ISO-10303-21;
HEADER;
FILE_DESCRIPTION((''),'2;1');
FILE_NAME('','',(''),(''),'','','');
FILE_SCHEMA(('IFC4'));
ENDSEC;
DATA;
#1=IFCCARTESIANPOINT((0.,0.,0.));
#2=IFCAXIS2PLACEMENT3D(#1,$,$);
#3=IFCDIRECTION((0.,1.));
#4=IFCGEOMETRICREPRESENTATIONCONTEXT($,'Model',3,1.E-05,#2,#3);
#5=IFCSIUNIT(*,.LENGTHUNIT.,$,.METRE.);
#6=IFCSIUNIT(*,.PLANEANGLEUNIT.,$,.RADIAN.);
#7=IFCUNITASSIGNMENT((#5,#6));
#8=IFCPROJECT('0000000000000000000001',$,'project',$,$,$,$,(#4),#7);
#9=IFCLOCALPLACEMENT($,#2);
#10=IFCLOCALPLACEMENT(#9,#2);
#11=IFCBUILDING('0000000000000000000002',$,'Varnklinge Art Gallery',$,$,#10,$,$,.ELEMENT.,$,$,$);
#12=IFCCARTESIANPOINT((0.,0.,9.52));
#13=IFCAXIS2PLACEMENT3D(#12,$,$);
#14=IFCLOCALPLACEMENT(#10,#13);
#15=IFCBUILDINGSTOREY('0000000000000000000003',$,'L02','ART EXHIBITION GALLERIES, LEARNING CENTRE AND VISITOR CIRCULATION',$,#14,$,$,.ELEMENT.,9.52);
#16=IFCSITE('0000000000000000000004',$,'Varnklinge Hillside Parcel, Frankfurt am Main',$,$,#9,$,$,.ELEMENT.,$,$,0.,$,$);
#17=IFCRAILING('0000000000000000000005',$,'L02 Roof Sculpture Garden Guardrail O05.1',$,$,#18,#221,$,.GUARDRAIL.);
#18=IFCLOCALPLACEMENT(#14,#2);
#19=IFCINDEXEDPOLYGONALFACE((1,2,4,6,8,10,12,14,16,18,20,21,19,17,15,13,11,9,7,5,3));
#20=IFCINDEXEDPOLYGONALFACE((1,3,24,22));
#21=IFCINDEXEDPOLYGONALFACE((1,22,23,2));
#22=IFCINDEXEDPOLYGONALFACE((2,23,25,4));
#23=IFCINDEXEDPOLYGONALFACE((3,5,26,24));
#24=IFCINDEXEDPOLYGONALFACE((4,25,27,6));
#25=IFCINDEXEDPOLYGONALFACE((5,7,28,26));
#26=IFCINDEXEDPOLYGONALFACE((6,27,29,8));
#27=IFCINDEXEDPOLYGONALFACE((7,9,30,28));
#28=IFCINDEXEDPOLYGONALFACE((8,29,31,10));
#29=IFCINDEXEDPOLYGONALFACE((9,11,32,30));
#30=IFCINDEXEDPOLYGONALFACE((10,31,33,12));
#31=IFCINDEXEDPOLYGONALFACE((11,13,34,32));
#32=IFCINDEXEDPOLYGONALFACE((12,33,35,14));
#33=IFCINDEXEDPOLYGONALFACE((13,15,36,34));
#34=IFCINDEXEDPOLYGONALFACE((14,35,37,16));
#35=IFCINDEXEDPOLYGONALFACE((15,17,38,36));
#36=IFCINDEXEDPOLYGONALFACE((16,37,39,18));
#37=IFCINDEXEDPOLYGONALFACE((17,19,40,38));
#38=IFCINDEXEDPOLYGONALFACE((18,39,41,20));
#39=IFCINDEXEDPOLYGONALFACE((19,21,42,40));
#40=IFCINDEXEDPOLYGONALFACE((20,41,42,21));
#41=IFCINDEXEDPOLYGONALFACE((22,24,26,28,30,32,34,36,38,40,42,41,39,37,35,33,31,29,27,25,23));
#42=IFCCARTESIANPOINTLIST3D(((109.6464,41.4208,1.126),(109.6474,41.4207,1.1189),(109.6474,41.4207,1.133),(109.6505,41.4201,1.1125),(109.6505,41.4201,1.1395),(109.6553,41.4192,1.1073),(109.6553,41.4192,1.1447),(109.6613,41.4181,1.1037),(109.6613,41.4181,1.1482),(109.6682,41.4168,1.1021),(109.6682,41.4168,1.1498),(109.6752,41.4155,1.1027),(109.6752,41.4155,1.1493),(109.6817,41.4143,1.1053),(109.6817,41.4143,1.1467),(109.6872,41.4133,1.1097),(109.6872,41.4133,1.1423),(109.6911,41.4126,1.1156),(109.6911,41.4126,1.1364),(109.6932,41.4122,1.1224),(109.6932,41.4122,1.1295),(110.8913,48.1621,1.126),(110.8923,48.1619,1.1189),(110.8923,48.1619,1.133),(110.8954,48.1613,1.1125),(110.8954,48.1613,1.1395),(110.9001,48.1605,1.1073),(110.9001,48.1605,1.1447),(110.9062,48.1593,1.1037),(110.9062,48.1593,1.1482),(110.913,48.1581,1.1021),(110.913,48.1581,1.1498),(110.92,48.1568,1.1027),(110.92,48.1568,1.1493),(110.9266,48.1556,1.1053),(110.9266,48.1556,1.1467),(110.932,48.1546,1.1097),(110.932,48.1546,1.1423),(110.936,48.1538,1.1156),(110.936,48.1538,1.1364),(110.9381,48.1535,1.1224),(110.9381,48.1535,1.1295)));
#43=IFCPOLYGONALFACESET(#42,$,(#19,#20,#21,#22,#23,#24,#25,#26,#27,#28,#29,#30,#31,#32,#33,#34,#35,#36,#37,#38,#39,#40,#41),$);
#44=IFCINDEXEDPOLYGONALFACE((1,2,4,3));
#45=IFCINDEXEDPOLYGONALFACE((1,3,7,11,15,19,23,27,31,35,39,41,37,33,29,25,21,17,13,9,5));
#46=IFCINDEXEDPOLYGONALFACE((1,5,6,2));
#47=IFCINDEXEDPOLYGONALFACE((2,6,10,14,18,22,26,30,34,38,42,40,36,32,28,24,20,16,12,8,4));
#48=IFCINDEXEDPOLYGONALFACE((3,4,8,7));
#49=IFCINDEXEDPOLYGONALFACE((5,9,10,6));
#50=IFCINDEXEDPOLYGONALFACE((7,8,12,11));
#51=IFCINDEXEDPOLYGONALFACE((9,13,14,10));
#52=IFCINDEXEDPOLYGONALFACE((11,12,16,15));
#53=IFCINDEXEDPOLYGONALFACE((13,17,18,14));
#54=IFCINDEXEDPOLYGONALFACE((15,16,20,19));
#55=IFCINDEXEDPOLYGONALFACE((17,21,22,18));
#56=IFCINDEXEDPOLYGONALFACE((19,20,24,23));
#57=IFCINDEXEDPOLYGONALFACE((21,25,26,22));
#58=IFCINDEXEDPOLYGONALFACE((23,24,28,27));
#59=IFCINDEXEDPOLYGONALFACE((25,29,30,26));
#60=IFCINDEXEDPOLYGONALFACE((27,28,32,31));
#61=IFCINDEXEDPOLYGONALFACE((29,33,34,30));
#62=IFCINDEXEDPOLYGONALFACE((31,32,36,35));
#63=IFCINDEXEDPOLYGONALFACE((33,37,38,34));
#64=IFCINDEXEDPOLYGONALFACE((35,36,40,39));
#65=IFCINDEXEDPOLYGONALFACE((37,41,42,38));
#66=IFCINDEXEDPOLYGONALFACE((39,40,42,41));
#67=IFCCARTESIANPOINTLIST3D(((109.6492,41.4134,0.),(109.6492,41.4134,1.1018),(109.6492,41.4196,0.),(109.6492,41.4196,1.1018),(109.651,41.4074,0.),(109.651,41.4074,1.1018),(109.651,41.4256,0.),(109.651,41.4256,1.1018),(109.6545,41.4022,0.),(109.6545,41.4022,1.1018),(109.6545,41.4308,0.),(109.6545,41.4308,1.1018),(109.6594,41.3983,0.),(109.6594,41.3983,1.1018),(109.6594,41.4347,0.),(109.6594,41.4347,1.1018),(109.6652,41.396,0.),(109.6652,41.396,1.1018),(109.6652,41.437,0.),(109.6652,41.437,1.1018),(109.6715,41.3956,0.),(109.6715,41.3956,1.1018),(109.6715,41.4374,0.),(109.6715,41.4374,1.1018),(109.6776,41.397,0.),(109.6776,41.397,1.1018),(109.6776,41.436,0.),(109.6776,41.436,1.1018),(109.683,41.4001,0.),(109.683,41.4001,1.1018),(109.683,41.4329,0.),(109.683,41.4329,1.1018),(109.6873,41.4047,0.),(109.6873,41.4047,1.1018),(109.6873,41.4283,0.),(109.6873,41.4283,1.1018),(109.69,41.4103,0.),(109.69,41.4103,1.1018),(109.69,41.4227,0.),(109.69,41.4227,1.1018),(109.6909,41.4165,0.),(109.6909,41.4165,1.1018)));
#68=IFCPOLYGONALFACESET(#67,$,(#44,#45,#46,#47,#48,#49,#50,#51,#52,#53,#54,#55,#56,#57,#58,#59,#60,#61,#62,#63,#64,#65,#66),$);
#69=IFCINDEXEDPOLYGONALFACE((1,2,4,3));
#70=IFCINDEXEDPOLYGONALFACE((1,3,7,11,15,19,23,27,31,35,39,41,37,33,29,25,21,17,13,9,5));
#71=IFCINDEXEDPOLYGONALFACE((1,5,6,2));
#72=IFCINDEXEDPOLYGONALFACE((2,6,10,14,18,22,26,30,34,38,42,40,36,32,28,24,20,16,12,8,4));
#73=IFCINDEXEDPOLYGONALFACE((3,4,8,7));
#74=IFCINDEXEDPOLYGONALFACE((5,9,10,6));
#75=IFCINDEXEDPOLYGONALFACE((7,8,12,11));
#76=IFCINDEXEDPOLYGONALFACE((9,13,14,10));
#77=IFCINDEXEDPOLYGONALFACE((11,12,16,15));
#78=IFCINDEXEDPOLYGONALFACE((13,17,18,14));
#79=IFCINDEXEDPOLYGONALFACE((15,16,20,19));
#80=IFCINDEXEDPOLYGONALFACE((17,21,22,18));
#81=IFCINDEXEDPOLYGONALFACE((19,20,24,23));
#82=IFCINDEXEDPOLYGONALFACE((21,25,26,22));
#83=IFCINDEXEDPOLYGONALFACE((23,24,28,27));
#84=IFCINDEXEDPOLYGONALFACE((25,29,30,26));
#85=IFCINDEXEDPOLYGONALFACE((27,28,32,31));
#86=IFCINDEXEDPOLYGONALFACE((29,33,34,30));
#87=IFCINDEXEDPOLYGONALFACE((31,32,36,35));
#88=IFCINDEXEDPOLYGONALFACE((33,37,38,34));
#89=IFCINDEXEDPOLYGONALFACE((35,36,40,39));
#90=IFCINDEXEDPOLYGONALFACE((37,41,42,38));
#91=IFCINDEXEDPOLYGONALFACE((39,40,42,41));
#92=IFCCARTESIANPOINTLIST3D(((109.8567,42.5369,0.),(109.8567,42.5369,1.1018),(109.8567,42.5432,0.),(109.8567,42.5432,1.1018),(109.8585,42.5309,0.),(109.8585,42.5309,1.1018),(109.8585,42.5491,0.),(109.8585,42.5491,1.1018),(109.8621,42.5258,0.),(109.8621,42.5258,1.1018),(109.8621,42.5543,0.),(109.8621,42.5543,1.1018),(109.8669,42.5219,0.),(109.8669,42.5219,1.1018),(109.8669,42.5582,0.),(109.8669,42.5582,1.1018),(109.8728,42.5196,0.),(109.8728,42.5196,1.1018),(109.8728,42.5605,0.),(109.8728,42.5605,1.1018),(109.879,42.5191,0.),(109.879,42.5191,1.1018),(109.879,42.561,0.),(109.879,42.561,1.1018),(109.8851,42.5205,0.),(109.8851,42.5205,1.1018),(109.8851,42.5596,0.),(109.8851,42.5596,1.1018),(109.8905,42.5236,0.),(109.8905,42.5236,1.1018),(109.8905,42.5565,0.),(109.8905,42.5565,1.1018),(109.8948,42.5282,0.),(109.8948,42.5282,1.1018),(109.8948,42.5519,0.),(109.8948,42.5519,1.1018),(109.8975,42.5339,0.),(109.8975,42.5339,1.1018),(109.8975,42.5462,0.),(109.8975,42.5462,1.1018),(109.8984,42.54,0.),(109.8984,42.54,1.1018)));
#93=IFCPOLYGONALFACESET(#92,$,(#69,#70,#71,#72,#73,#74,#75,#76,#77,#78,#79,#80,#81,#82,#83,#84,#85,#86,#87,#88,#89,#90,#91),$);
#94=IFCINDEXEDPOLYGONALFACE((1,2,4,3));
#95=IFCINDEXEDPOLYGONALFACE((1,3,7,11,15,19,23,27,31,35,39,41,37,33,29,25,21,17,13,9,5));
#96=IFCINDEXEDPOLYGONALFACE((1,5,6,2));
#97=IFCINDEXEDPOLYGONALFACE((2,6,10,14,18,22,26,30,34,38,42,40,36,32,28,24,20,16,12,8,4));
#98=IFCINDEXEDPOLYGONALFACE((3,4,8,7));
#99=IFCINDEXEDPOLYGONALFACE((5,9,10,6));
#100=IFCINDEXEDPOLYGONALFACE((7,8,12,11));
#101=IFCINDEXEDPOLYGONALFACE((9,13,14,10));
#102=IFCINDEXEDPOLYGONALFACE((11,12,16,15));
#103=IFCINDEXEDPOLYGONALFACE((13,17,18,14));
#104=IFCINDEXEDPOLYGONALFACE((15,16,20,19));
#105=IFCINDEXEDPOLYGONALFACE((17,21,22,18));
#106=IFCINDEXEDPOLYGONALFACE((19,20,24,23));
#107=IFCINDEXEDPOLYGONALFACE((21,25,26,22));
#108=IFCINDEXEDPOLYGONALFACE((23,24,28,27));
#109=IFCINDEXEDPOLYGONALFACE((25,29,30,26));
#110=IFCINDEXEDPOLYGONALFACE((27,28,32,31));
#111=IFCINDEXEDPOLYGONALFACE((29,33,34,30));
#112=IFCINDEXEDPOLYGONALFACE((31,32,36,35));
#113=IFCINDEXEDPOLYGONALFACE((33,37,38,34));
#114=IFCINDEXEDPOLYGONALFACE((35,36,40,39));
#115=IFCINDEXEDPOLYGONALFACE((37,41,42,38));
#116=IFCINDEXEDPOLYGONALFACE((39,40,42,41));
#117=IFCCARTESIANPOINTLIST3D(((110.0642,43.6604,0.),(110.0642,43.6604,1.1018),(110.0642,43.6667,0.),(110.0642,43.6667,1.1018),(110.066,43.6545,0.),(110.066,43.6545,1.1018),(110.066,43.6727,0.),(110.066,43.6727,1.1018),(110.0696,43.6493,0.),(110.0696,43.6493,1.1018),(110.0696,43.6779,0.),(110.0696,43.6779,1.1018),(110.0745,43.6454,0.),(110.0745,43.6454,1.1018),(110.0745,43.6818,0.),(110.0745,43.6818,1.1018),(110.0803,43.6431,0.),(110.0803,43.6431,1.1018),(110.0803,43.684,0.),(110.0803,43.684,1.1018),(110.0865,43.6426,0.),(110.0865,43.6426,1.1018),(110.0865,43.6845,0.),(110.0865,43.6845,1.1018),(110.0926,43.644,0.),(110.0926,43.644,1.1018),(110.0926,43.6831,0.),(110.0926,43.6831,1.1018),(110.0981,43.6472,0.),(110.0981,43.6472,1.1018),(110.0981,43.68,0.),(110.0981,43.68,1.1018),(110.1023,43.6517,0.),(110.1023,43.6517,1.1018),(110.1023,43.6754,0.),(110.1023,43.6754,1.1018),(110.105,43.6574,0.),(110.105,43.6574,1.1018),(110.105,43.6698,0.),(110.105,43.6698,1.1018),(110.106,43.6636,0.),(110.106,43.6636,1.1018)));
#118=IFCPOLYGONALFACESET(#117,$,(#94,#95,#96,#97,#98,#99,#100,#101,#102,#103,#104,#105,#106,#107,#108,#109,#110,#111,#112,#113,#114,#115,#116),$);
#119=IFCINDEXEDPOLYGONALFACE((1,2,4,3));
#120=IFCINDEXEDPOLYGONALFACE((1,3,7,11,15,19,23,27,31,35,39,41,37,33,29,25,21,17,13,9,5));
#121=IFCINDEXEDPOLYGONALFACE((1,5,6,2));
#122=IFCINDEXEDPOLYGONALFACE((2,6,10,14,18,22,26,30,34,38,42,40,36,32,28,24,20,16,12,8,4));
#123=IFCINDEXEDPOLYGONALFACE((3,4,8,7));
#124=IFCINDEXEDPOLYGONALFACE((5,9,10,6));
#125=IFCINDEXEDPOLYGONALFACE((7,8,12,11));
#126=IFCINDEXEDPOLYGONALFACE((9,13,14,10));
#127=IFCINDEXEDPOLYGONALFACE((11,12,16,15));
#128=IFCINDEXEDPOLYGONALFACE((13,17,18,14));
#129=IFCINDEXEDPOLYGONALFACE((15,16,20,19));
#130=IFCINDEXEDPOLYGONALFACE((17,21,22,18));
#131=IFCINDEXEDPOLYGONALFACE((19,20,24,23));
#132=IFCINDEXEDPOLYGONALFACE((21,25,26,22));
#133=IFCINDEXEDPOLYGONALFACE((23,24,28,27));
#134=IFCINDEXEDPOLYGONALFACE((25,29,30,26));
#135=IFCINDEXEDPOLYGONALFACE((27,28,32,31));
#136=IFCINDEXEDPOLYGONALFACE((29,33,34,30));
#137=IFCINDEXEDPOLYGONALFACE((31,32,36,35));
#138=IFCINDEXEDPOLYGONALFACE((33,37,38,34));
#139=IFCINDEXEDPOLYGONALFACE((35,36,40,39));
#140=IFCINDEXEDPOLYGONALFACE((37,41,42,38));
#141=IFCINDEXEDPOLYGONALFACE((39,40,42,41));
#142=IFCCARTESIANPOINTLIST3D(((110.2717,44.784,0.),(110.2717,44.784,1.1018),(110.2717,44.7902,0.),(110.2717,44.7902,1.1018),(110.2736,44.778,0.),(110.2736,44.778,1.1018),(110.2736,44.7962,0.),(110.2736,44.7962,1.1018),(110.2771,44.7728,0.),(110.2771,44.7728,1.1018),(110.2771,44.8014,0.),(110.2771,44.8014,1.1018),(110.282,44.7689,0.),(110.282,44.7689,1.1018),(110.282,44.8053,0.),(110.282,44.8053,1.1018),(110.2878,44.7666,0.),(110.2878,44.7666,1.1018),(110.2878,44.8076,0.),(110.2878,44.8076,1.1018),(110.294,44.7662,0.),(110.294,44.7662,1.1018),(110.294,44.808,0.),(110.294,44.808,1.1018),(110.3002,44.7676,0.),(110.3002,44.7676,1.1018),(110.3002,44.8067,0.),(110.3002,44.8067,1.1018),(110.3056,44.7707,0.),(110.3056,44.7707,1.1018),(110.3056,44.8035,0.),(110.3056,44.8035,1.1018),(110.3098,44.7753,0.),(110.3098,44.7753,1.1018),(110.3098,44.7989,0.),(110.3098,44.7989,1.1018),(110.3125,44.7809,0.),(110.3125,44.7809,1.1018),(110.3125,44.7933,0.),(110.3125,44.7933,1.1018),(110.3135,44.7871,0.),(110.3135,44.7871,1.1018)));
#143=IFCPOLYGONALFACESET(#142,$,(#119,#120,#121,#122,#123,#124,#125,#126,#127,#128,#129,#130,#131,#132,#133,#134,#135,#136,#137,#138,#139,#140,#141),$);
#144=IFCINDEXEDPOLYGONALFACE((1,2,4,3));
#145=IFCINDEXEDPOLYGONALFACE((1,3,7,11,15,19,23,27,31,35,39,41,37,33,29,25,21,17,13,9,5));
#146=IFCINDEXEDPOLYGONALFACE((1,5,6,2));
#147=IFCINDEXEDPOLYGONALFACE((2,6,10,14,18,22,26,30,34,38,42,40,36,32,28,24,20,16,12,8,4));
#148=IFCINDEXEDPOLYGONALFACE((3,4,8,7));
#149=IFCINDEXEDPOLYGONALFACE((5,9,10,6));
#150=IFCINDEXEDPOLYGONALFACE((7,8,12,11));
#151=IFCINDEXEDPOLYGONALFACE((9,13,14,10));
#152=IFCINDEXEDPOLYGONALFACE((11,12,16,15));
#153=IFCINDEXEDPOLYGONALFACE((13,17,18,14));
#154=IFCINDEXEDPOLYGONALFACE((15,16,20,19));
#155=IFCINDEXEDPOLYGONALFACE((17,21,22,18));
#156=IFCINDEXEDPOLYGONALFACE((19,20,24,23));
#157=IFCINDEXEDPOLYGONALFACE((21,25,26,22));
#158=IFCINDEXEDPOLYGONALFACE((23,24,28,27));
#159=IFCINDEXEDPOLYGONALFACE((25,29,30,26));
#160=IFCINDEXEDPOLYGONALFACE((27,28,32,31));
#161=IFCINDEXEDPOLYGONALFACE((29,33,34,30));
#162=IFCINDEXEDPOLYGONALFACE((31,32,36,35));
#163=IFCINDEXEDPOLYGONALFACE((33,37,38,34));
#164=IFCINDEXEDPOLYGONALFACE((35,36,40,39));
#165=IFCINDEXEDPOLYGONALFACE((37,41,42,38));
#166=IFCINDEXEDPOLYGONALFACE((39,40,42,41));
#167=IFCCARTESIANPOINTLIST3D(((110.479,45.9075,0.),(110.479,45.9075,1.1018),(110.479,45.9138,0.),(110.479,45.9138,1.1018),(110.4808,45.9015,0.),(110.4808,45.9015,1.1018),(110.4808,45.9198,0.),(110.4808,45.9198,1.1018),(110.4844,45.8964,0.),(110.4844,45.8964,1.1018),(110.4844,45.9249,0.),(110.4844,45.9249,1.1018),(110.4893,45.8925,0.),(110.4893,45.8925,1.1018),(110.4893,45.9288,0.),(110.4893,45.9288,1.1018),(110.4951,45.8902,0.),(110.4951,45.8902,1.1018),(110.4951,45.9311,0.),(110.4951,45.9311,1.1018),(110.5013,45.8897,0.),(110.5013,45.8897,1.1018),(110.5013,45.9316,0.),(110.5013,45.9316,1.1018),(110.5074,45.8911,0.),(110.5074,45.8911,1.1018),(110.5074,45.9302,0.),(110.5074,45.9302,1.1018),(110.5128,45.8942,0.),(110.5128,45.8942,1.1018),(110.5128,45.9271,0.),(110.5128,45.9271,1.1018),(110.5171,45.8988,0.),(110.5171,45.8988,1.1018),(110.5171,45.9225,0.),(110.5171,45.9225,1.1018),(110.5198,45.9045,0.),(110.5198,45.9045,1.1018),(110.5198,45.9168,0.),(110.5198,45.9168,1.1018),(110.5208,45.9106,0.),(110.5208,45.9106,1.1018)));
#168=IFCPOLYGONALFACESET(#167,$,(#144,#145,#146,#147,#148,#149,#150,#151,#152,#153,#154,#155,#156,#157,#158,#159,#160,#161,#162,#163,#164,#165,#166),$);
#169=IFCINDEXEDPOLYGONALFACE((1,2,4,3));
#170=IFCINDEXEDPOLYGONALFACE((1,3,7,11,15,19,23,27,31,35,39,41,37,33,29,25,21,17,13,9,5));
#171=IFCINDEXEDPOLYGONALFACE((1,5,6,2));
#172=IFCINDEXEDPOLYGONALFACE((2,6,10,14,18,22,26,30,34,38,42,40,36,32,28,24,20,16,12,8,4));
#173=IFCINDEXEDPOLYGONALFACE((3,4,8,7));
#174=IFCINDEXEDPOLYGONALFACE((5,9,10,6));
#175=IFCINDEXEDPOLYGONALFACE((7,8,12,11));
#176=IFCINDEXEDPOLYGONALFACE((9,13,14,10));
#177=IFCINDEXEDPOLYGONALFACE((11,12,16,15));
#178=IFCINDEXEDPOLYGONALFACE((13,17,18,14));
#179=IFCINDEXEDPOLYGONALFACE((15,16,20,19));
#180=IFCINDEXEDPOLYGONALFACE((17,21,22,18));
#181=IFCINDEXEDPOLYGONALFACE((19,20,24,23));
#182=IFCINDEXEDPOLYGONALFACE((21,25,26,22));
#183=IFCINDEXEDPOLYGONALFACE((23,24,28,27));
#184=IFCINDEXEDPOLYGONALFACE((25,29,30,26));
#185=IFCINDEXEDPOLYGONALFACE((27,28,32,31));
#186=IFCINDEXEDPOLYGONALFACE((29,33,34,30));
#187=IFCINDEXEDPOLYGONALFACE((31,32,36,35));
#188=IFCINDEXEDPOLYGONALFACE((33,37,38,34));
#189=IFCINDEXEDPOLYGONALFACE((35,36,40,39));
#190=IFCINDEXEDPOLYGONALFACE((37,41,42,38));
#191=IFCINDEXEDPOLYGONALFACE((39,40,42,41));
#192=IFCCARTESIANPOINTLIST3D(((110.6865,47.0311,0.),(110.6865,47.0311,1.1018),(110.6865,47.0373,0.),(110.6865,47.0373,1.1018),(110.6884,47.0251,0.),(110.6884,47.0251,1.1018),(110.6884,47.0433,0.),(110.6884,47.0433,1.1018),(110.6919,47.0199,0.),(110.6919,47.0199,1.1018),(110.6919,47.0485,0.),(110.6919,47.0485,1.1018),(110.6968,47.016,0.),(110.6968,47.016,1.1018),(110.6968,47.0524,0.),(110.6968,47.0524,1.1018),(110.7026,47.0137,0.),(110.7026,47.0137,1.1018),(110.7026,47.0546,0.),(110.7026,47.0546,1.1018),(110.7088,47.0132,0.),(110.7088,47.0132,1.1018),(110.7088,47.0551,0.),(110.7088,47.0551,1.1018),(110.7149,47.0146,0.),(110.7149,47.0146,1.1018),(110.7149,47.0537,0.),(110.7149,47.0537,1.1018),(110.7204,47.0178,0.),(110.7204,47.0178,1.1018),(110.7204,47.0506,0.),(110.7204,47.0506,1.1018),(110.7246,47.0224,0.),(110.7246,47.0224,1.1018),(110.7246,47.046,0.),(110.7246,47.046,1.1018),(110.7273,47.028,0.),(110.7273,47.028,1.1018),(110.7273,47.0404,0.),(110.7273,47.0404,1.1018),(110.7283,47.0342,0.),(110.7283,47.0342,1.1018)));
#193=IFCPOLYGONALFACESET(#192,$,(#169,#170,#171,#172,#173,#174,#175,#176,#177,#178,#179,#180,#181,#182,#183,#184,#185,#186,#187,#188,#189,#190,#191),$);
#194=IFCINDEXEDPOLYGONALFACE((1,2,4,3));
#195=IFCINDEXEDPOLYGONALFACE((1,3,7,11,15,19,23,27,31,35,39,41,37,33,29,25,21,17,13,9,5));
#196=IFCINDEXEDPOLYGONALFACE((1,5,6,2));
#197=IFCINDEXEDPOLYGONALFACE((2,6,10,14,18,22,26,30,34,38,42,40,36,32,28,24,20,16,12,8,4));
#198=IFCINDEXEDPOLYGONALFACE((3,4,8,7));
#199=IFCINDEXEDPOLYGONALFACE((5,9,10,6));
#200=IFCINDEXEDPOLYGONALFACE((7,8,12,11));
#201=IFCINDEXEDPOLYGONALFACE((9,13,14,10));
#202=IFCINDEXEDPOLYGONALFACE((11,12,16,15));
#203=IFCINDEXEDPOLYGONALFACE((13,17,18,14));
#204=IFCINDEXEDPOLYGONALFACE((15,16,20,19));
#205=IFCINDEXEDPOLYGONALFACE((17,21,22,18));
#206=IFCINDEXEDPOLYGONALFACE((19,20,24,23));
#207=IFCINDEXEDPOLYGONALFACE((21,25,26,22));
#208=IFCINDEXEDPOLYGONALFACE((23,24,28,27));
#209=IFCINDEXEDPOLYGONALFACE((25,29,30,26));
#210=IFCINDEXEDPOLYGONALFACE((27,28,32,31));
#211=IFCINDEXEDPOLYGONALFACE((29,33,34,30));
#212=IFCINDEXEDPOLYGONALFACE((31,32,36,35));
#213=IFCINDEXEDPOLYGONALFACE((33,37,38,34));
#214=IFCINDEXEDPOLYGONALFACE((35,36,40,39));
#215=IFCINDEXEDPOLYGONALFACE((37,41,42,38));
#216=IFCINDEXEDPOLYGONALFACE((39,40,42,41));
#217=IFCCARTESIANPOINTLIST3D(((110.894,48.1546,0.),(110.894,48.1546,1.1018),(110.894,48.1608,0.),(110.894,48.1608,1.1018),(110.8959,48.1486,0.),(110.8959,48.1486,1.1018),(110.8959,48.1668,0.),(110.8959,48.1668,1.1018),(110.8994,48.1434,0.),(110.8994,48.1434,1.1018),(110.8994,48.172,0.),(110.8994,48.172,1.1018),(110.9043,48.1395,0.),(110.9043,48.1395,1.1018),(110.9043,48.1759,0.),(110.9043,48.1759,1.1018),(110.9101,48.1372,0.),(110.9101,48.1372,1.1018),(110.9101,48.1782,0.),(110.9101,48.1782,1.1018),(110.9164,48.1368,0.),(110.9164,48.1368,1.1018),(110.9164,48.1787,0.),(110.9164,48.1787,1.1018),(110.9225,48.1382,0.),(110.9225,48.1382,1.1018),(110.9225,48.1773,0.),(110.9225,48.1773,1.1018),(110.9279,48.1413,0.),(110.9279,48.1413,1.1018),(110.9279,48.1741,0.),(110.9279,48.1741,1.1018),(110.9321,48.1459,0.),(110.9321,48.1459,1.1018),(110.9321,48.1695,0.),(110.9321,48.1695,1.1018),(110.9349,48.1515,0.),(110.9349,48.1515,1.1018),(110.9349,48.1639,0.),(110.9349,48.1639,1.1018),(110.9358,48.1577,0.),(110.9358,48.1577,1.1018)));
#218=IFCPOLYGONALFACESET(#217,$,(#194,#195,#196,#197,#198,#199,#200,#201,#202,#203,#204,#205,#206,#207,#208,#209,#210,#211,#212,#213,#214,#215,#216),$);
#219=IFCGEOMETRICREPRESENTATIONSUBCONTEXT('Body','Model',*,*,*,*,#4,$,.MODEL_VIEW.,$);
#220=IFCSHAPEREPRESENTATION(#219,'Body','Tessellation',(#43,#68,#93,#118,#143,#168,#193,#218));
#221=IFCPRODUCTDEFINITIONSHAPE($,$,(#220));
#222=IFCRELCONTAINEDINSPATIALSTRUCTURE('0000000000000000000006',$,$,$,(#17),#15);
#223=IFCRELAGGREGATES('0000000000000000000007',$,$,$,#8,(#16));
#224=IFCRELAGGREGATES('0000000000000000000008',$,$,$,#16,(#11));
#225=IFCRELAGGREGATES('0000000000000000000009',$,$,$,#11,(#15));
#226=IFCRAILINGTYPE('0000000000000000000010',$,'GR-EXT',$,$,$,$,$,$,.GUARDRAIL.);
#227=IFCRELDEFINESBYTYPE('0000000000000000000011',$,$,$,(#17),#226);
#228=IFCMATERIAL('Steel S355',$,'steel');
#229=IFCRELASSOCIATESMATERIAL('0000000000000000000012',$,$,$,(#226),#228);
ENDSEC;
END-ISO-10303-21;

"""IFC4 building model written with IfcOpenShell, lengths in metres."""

from ifc_helpers import new_model, si_unit, direction, frame, origin, origin_2d, place, context, subcontext, project, spatial, circle, extrude, material, type_object, element, save


model = new_model("IFC4")

# Units and contexts
model_context = context("Model", 3, precision=1e-05, world=origin(), true_north=direction((0.0, 1.0)))
body_context = subcontext(model_context, "Body", "Model", "MODEL_VIEW")
ifc_project = project(units=[si_unit("LENGTHUNIT", "METRE"), si_unit("PLANEANGLEUNIT", "RADIAN")], contexts=[model_context])

# Site, building, storey
site_placement = place(None, origin())
site = spatial("IfcSite", under=ifc_project, at=site_placement, Name="Varnklinge Hillside Parcel, Frankfurt am Main", CompositionType="ELEMENT", RefElevation=0.0)
building_placement = place(site_placement, origin())
building = spatial("IfcBuilding", under=site, at=building_placement, Name="Varnklinge Art Gallery", CompositionType="ELEMENT")
storey_placement = place(building_placement, frame((0.0, 0.0, 9.52)))
storey = spatial("IfcBuildingStorey", under=building, at=storey_placement, Name="L02", Description="ART EXHIBITION GALLERIES, LEARNING CENTRE AND VISITOR CIRCULATION", CompositionType="ELEMENT", Elevation=9.52)

# Railing
ifc_material_1 = material(Name="Steel S355", Category="steel")
railing_type_1 = type_object("IfcRailingType", Name="GR-EXT", PredefinedType="GUARDRAIL", material=ifc_material_1)
railing_1_placement = place(storey_placement, frame((109.6699, 41.4165, 0.0)))
element("IfcRailing", 1, at=railing_1_placement, inside=storey, type_object=railing_type_1, Name="L02 Roof Sculpture Garden Guardrail O05.1", PredefinedType="GUARDRAIL", context=body_context, shape_type="SweptSolid", body=[
    extrude(circle(Radius=0.0239, at=origin_2d()), frame((0.0, 0.0, 1.126), z_axis=(0.181596, 0.983373, 0.0), x_axis=(-0.983373, 0.181596, 0.0)), (0.0, 0.0, 1.0), 6.8552),
    extrude(circle(Radius=0.021, at=origin_2d()), origin(), (0.0, 0.0, 1.0), 1.1018),
    extrude(circle(Radius=0.021, at=origin_2d()), frame((0.2075, 1.1235, 0.0)), (0.0, 0.0, 1.0), 1.1018),
    extrude(circle(Radius=0.021, at=origin_2d()), frame((0.415, 2.2471, 0.0)), (0.0, 0.0, 1.0), 1.1018),
    extrude(circle(Radius=0.021, at=origin_2d()), frame((0.6226, 3.3706, 0.0)), (0.0, 0.0, 1.0), 1.1018),
    extrude(circle(Radius=0.021, at=origin_2d()), frame((0.8298, 4.4941, 0.0)), (0.0, 0.0, 1.0), 1.1018),
    extrude(circle(Radius=0.021, at=origin_2d()), frame((1.0374, 5.6177, 0.0)), (0.0, 0.0, 1.0), 1.1018),
    extrude(circle(Radius=0.021, at=origin_2d()), frame((1.2449, 6.7412, 0.0)), (0.0, 0.0, 1.0), 1.1018),
])

save(model, "model.ifc")
